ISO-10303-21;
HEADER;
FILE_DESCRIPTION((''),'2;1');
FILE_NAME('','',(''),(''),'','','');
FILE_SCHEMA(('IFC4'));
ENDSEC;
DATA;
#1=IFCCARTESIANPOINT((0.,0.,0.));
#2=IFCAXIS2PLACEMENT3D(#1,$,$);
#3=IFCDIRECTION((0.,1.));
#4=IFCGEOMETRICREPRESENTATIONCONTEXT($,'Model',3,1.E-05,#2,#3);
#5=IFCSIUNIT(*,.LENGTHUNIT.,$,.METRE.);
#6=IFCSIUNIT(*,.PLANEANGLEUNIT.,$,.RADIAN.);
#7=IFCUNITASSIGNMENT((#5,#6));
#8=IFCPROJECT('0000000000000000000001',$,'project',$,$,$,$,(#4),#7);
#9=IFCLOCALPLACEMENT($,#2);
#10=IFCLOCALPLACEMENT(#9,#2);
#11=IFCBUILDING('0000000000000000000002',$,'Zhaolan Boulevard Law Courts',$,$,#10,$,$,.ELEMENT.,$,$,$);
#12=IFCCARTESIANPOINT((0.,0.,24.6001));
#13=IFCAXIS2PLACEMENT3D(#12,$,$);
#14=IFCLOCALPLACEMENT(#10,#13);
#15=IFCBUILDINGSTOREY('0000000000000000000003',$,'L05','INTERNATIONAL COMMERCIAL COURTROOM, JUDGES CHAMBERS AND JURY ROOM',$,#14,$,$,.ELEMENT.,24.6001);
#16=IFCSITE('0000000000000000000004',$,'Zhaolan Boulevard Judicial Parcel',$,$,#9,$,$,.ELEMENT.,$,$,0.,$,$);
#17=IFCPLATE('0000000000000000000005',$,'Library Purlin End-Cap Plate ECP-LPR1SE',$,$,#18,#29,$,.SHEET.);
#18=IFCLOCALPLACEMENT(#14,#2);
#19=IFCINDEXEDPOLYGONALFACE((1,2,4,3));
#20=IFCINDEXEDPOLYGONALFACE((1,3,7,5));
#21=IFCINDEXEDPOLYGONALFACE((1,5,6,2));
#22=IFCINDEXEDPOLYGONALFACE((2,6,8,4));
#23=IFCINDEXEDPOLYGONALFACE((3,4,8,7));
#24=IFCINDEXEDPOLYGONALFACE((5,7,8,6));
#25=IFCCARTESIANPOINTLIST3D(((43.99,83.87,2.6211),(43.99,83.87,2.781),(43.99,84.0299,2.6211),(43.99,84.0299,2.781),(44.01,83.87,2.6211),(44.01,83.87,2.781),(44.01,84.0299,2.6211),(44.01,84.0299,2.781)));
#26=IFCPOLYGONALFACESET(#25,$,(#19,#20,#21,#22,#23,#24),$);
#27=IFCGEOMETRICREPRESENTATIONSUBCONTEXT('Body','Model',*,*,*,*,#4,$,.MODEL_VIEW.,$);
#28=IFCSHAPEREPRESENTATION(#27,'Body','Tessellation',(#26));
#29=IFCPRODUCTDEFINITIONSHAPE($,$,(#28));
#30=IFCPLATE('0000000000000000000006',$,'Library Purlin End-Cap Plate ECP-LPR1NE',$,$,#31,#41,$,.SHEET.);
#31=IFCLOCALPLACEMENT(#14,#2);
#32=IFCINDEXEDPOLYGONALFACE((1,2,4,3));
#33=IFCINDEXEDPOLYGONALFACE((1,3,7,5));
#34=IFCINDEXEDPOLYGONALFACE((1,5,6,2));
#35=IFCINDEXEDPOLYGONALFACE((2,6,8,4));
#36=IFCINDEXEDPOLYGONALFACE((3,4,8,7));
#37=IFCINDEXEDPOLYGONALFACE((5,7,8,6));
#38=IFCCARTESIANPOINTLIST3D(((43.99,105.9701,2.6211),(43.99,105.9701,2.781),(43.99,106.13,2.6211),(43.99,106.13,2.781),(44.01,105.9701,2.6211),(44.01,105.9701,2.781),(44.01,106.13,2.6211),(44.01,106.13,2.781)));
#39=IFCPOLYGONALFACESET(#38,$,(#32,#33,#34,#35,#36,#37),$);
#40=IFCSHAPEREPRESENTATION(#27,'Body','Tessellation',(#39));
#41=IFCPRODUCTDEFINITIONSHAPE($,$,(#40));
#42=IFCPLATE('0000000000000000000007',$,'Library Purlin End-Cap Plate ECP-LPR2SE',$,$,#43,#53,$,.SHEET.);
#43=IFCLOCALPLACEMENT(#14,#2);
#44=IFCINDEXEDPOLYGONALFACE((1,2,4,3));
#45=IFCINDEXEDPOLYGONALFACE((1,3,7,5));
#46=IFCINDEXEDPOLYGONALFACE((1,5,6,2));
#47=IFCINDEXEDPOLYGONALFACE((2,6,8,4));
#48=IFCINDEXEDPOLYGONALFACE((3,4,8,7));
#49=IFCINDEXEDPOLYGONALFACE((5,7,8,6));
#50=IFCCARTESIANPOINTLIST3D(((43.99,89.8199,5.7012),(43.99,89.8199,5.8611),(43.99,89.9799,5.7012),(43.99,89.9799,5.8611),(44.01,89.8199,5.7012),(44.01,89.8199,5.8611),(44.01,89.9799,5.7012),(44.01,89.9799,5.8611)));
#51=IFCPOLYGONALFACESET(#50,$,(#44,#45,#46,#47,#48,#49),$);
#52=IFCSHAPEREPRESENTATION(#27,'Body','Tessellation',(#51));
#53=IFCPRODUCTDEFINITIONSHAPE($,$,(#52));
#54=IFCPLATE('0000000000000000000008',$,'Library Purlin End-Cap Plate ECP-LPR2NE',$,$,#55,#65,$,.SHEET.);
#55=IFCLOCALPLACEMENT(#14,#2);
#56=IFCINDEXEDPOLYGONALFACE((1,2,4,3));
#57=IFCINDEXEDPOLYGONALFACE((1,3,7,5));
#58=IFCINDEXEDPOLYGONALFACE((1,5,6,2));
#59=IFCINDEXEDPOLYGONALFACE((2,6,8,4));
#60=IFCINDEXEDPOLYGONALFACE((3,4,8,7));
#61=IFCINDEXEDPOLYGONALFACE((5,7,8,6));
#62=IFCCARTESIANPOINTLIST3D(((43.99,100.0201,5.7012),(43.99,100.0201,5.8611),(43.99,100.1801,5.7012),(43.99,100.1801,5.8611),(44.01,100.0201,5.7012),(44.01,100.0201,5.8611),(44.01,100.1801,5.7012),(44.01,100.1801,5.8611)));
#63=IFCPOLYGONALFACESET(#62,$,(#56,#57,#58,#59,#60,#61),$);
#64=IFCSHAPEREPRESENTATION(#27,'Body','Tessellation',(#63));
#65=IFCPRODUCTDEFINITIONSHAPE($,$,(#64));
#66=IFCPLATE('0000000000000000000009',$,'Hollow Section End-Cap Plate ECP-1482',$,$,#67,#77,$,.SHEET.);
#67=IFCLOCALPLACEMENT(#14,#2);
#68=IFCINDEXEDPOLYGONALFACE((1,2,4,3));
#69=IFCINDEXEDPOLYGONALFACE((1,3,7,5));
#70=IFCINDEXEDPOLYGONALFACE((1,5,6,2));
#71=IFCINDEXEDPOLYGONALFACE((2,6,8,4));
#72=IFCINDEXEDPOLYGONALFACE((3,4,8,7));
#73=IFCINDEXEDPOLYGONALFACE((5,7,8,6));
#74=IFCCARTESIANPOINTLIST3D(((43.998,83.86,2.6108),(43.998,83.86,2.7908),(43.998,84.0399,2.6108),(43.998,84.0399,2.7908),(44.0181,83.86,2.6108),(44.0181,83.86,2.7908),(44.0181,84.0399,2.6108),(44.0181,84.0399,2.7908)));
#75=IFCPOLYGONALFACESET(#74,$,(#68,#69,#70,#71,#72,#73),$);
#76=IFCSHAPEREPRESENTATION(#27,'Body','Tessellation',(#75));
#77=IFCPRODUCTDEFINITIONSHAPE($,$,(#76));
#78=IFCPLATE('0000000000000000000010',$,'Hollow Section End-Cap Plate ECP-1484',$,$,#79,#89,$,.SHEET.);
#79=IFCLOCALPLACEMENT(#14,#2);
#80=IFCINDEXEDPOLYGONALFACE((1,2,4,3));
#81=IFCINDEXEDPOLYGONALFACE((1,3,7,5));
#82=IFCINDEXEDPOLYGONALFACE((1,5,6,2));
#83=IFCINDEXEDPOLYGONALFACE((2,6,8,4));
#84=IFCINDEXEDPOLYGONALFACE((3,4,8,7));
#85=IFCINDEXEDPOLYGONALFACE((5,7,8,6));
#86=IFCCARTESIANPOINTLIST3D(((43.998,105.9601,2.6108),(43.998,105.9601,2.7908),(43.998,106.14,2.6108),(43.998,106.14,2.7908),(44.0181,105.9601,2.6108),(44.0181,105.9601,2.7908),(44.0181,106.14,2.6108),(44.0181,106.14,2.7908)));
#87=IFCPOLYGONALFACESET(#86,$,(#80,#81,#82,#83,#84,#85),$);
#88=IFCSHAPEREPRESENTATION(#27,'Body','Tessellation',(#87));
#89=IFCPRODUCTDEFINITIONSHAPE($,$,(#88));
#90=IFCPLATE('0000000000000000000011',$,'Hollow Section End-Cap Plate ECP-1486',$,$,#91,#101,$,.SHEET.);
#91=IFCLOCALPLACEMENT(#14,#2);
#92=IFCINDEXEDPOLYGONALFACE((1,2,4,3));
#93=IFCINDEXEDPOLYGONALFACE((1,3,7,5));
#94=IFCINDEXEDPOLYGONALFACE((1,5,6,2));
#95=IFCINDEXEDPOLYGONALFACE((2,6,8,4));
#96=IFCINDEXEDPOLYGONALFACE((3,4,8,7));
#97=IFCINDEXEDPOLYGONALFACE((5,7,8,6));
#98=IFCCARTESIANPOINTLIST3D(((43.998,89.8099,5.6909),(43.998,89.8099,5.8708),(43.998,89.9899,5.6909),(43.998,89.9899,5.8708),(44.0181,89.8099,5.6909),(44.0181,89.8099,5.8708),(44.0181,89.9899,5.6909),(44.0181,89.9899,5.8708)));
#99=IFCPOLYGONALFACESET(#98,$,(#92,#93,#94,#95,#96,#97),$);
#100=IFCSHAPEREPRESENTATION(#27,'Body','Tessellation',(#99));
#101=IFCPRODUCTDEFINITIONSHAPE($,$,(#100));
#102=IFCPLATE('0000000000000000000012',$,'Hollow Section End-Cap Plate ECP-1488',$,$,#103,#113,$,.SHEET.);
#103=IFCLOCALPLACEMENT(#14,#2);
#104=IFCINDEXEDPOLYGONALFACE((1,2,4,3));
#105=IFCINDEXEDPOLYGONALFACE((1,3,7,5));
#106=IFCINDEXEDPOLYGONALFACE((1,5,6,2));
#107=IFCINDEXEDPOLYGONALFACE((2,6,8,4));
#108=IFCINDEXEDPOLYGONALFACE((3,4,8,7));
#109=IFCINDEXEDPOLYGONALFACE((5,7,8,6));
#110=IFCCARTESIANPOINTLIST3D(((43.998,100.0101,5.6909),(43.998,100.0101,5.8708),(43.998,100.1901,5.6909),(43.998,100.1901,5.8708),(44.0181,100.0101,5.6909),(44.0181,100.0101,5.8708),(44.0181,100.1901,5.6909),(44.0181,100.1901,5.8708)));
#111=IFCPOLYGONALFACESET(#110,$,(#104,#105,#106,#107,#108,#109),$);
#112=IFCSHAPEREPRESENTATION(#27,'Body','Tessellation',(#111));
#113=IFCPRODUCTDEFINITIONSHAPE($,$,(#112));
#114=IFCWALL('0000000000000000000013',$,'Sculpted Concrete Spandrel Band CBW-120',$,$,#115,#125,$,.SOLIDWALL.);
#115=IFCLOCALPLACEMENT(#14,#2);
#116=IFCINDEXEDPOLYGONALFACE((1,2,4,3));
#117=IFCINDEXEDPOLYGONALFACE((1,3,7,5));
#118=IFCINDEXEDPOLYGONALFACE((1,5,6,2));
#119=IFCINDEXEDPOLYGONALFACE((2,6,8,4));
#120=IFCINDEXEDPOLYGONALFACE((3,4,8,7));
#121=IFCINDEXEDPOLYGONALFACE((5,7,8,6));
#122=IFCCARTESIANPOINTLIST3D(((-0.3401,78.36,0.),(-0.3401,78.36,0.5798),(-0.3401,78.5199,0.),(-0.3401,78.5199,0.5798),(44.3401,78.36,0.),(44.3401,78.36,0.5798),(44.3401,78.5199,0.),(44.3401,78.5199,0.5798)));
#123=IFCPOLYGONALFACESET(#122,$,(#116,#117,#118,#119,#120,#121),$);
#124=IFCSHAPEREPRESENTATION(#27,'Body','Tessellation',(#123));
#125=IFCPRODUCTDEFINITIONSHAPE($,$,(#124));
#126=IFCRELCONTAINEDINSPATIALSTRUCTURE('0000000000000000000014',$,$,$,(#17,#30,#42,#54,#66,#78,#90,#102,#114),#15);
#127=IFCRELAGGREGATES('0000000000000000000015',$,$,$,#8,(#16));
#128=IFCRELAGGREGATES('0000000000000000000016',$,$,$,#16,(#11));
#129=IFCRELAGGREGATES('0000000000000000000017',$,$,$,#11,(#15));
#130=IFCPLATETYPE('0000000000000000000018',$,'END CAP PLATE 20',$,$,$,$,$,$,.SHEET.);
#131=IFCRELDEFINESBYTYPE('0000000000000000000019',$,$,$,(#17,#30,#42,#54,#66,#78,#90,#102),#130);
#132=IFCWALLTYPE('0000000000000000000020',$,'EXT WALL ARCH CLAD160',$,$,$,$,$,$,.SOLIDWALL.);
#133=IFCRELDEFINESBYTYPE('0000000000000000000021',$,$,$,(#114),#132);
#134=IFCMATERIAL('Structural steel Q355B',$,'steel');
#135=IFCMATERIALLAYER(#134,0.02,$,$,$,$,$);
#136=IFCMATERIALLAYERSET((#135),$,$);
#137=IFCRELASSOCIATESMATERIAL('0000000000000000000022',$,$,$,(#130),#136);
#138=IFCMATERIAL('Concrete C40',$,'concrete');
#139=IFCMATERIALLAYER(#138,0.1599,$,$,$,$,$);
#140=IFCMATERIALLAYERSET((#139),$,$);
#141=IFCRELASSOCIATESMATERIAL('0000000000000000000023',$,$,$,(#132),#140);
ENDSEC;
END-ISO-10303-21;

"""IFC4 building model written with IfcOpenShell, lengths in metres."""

from ifc_helpers import new_model, si_unit, direction, frame, frame_2d, origin, origin_2d, place, context, subcontext, project, spatial, rectangle, extrude, material, layer, layer_set, type_object, element, save


model = new_model("IFC4")

# Units and contexts
model_context = context("Model", 3, precision=1e-05, world=origin(), true_north=direction((0.0, 1.0)))
body_context = subcontext(model_context, "Body", "Model", "MODEL_VIEW")
ifc_project = project(units=[si_unit("LENGTHUNIT", "METRE"), si_unit("PLANEANGLEUNIT", "RADIAN")], contexts=[model_context])

# Site, building, storey
site_placement = place(None, origin())
site = spatial("IfcSite", under=ifc_project, at=site_placement, Name="Zhaolan Boulevard Judicial Parcel", CompositionType="ELEMENT", RefElevation=0.0)
building_placement = place(site_placement, origin())
building = spatial("IfcBuilding", under=site, at=building_placement, Name="Zhaolan Boulevard Law Courts", CompositionType="ELEMENT")
storey_placement = place(building_placement, frame((0.0, 0.0, 24.6001)))
storey = spatial("IfcBuildingStorey", under=building, at=storey_placement, Name="L05", Description="INTERNATIONAL COMMERCIAL COURTROOM, JUDGES CHAMBERS AND JURY ROOM", CompositionType="ELEMENT", Elevation=24.6001)

# Plates
ifc_material_1 = material(Name="Structural steel Q355B", Category="steel")
ifc_layer_1 = layer(ifc_material_1, 0.02)
ifc_layer_set_1 = layer_set([ifc_layer_1])
plate_type_1 = type_object("IfcPlateType", Name="END CAP PLATE 20", PredefinedType="SHEET", material=ifc_layer_set_1)
for number, where, z_axis, x_axis, name in (
    (1, (44.0, 83.95, 2.6211), (0.0, 0.0, 1.0), (1.0, 0.0, 0.0), "Library Purlin End-Cap Plate ECP-LPR1SE"),
    (2, (44.0, 106.05, 2.6211), (0.0, 0.0, 1.0), (1.0, 0.0, 0.0), "Library Purlin End-Cap Plate ECP-LPR1NE"),
    (3, (44.0, 89.8999, 5.7012), (0.0, 0.0, 1.0), (1.0, 0.0, 0.0), "Library Purlin End-Cap Plate ECP-LPR2SE"),
    (4, (44.0, 100.1001, 5.7012), (0.0, 0.0, 1.0), (1.0, 0.0, 0.0), "Library Purlin End-Cap Plate ECP-LPR2NE"),
):
    element("IfcPlate", number, at=place(storey_placement, frame(where, z_axis=z_axis, x_axis=x_axis)), inside=storey, type_object=plate_type_1, Name=name, PredefinedType="SHEET", context=body_context, shape_type="SweptSolid", body=[
        extrude(rectangle(XDim=0.02, YDim=0.1599, at=origin_2d()), origin(), (0.0, 0.0, 1.0), 0.1599),
    ])
for number, where, z_axis, x_axis, name in (
    (5, (44.0081, 83.95, 2.6108), (0.0, 0.0, 1.0), (1.0, 0.0, 0.0), "Hollow Section End-Cap Plate ECP-1482"),
    (6, (44.0081, 106.05, 2.6108), (0.0, 0.0, 1.0), (1.0, 0.0, 0.0), "Hollow Section End-Cap Plate ECP-1484"),
    (7, (44.0081, 89.8999, 5.6909), (0.0, 0.0, 1.0), (1.0, 0.0, 0.0), "Hollow Section End-Cap Plate ECP-1486"),
    (8, (44.0081, 100.1001, 5.6909), (0.0, 0.0, 1.0), (1.0, 0.0, 0.0), "Hollow Section End-Cap Plate ECP-1488"),
):
    element("IfcPlate", number, at=place(storey_placement, frame(where, z_axis=z_axis, x_axis=x_axis)), inside=storey, type_object=plate_type_1, Name=name, PredefinedType="SHEET", context=body_context, shape_type="SweptSolid", body=[
        extrude(rectangle(XDim=0.02, YDim=0.1799, at=origin_2d()), origin(), (0.0, 0.0, 1.0), 0.1799),
    ])

# Wall
ifc_material_2 = material(Name="Concrete C40", Category="concrete")
ifc_layer_2 = layer(ifc_material_2, 0.1599)
ifc_layer_set_2 = layer_set([ifc_layer_2])
wall_type_1 = type_object("IfcWallType", Name="EXT WALL ARCH CLAD160", PredefinedType="SOLIDWALL", material=ifc_layer_set_2)
wall_1_placement = place(storey_placement, frame((44.3401, 78.4399, 0.0), z_axis=(0.0, 0.0, 1.0), x_axis=(-1.0, 0.0, 0.0)))
element("IfcWall", 9, at=wall_1_placement, inside=storey, type_object=wall_type_1, Name="Sculpted Concrete Spandrel Band CBW-120", PredefinedType="SOLIDWALL", context=body_context, shape_type="SweptSolid", body=[
    extrude(rectangle(XDim=44.6802, YDim=0.1599, at=frame_2d((22.3401, 0.0))), origin(), (0.0, 0.0, 1.0), 0.5798),
])

save(model, "model.ifc")
